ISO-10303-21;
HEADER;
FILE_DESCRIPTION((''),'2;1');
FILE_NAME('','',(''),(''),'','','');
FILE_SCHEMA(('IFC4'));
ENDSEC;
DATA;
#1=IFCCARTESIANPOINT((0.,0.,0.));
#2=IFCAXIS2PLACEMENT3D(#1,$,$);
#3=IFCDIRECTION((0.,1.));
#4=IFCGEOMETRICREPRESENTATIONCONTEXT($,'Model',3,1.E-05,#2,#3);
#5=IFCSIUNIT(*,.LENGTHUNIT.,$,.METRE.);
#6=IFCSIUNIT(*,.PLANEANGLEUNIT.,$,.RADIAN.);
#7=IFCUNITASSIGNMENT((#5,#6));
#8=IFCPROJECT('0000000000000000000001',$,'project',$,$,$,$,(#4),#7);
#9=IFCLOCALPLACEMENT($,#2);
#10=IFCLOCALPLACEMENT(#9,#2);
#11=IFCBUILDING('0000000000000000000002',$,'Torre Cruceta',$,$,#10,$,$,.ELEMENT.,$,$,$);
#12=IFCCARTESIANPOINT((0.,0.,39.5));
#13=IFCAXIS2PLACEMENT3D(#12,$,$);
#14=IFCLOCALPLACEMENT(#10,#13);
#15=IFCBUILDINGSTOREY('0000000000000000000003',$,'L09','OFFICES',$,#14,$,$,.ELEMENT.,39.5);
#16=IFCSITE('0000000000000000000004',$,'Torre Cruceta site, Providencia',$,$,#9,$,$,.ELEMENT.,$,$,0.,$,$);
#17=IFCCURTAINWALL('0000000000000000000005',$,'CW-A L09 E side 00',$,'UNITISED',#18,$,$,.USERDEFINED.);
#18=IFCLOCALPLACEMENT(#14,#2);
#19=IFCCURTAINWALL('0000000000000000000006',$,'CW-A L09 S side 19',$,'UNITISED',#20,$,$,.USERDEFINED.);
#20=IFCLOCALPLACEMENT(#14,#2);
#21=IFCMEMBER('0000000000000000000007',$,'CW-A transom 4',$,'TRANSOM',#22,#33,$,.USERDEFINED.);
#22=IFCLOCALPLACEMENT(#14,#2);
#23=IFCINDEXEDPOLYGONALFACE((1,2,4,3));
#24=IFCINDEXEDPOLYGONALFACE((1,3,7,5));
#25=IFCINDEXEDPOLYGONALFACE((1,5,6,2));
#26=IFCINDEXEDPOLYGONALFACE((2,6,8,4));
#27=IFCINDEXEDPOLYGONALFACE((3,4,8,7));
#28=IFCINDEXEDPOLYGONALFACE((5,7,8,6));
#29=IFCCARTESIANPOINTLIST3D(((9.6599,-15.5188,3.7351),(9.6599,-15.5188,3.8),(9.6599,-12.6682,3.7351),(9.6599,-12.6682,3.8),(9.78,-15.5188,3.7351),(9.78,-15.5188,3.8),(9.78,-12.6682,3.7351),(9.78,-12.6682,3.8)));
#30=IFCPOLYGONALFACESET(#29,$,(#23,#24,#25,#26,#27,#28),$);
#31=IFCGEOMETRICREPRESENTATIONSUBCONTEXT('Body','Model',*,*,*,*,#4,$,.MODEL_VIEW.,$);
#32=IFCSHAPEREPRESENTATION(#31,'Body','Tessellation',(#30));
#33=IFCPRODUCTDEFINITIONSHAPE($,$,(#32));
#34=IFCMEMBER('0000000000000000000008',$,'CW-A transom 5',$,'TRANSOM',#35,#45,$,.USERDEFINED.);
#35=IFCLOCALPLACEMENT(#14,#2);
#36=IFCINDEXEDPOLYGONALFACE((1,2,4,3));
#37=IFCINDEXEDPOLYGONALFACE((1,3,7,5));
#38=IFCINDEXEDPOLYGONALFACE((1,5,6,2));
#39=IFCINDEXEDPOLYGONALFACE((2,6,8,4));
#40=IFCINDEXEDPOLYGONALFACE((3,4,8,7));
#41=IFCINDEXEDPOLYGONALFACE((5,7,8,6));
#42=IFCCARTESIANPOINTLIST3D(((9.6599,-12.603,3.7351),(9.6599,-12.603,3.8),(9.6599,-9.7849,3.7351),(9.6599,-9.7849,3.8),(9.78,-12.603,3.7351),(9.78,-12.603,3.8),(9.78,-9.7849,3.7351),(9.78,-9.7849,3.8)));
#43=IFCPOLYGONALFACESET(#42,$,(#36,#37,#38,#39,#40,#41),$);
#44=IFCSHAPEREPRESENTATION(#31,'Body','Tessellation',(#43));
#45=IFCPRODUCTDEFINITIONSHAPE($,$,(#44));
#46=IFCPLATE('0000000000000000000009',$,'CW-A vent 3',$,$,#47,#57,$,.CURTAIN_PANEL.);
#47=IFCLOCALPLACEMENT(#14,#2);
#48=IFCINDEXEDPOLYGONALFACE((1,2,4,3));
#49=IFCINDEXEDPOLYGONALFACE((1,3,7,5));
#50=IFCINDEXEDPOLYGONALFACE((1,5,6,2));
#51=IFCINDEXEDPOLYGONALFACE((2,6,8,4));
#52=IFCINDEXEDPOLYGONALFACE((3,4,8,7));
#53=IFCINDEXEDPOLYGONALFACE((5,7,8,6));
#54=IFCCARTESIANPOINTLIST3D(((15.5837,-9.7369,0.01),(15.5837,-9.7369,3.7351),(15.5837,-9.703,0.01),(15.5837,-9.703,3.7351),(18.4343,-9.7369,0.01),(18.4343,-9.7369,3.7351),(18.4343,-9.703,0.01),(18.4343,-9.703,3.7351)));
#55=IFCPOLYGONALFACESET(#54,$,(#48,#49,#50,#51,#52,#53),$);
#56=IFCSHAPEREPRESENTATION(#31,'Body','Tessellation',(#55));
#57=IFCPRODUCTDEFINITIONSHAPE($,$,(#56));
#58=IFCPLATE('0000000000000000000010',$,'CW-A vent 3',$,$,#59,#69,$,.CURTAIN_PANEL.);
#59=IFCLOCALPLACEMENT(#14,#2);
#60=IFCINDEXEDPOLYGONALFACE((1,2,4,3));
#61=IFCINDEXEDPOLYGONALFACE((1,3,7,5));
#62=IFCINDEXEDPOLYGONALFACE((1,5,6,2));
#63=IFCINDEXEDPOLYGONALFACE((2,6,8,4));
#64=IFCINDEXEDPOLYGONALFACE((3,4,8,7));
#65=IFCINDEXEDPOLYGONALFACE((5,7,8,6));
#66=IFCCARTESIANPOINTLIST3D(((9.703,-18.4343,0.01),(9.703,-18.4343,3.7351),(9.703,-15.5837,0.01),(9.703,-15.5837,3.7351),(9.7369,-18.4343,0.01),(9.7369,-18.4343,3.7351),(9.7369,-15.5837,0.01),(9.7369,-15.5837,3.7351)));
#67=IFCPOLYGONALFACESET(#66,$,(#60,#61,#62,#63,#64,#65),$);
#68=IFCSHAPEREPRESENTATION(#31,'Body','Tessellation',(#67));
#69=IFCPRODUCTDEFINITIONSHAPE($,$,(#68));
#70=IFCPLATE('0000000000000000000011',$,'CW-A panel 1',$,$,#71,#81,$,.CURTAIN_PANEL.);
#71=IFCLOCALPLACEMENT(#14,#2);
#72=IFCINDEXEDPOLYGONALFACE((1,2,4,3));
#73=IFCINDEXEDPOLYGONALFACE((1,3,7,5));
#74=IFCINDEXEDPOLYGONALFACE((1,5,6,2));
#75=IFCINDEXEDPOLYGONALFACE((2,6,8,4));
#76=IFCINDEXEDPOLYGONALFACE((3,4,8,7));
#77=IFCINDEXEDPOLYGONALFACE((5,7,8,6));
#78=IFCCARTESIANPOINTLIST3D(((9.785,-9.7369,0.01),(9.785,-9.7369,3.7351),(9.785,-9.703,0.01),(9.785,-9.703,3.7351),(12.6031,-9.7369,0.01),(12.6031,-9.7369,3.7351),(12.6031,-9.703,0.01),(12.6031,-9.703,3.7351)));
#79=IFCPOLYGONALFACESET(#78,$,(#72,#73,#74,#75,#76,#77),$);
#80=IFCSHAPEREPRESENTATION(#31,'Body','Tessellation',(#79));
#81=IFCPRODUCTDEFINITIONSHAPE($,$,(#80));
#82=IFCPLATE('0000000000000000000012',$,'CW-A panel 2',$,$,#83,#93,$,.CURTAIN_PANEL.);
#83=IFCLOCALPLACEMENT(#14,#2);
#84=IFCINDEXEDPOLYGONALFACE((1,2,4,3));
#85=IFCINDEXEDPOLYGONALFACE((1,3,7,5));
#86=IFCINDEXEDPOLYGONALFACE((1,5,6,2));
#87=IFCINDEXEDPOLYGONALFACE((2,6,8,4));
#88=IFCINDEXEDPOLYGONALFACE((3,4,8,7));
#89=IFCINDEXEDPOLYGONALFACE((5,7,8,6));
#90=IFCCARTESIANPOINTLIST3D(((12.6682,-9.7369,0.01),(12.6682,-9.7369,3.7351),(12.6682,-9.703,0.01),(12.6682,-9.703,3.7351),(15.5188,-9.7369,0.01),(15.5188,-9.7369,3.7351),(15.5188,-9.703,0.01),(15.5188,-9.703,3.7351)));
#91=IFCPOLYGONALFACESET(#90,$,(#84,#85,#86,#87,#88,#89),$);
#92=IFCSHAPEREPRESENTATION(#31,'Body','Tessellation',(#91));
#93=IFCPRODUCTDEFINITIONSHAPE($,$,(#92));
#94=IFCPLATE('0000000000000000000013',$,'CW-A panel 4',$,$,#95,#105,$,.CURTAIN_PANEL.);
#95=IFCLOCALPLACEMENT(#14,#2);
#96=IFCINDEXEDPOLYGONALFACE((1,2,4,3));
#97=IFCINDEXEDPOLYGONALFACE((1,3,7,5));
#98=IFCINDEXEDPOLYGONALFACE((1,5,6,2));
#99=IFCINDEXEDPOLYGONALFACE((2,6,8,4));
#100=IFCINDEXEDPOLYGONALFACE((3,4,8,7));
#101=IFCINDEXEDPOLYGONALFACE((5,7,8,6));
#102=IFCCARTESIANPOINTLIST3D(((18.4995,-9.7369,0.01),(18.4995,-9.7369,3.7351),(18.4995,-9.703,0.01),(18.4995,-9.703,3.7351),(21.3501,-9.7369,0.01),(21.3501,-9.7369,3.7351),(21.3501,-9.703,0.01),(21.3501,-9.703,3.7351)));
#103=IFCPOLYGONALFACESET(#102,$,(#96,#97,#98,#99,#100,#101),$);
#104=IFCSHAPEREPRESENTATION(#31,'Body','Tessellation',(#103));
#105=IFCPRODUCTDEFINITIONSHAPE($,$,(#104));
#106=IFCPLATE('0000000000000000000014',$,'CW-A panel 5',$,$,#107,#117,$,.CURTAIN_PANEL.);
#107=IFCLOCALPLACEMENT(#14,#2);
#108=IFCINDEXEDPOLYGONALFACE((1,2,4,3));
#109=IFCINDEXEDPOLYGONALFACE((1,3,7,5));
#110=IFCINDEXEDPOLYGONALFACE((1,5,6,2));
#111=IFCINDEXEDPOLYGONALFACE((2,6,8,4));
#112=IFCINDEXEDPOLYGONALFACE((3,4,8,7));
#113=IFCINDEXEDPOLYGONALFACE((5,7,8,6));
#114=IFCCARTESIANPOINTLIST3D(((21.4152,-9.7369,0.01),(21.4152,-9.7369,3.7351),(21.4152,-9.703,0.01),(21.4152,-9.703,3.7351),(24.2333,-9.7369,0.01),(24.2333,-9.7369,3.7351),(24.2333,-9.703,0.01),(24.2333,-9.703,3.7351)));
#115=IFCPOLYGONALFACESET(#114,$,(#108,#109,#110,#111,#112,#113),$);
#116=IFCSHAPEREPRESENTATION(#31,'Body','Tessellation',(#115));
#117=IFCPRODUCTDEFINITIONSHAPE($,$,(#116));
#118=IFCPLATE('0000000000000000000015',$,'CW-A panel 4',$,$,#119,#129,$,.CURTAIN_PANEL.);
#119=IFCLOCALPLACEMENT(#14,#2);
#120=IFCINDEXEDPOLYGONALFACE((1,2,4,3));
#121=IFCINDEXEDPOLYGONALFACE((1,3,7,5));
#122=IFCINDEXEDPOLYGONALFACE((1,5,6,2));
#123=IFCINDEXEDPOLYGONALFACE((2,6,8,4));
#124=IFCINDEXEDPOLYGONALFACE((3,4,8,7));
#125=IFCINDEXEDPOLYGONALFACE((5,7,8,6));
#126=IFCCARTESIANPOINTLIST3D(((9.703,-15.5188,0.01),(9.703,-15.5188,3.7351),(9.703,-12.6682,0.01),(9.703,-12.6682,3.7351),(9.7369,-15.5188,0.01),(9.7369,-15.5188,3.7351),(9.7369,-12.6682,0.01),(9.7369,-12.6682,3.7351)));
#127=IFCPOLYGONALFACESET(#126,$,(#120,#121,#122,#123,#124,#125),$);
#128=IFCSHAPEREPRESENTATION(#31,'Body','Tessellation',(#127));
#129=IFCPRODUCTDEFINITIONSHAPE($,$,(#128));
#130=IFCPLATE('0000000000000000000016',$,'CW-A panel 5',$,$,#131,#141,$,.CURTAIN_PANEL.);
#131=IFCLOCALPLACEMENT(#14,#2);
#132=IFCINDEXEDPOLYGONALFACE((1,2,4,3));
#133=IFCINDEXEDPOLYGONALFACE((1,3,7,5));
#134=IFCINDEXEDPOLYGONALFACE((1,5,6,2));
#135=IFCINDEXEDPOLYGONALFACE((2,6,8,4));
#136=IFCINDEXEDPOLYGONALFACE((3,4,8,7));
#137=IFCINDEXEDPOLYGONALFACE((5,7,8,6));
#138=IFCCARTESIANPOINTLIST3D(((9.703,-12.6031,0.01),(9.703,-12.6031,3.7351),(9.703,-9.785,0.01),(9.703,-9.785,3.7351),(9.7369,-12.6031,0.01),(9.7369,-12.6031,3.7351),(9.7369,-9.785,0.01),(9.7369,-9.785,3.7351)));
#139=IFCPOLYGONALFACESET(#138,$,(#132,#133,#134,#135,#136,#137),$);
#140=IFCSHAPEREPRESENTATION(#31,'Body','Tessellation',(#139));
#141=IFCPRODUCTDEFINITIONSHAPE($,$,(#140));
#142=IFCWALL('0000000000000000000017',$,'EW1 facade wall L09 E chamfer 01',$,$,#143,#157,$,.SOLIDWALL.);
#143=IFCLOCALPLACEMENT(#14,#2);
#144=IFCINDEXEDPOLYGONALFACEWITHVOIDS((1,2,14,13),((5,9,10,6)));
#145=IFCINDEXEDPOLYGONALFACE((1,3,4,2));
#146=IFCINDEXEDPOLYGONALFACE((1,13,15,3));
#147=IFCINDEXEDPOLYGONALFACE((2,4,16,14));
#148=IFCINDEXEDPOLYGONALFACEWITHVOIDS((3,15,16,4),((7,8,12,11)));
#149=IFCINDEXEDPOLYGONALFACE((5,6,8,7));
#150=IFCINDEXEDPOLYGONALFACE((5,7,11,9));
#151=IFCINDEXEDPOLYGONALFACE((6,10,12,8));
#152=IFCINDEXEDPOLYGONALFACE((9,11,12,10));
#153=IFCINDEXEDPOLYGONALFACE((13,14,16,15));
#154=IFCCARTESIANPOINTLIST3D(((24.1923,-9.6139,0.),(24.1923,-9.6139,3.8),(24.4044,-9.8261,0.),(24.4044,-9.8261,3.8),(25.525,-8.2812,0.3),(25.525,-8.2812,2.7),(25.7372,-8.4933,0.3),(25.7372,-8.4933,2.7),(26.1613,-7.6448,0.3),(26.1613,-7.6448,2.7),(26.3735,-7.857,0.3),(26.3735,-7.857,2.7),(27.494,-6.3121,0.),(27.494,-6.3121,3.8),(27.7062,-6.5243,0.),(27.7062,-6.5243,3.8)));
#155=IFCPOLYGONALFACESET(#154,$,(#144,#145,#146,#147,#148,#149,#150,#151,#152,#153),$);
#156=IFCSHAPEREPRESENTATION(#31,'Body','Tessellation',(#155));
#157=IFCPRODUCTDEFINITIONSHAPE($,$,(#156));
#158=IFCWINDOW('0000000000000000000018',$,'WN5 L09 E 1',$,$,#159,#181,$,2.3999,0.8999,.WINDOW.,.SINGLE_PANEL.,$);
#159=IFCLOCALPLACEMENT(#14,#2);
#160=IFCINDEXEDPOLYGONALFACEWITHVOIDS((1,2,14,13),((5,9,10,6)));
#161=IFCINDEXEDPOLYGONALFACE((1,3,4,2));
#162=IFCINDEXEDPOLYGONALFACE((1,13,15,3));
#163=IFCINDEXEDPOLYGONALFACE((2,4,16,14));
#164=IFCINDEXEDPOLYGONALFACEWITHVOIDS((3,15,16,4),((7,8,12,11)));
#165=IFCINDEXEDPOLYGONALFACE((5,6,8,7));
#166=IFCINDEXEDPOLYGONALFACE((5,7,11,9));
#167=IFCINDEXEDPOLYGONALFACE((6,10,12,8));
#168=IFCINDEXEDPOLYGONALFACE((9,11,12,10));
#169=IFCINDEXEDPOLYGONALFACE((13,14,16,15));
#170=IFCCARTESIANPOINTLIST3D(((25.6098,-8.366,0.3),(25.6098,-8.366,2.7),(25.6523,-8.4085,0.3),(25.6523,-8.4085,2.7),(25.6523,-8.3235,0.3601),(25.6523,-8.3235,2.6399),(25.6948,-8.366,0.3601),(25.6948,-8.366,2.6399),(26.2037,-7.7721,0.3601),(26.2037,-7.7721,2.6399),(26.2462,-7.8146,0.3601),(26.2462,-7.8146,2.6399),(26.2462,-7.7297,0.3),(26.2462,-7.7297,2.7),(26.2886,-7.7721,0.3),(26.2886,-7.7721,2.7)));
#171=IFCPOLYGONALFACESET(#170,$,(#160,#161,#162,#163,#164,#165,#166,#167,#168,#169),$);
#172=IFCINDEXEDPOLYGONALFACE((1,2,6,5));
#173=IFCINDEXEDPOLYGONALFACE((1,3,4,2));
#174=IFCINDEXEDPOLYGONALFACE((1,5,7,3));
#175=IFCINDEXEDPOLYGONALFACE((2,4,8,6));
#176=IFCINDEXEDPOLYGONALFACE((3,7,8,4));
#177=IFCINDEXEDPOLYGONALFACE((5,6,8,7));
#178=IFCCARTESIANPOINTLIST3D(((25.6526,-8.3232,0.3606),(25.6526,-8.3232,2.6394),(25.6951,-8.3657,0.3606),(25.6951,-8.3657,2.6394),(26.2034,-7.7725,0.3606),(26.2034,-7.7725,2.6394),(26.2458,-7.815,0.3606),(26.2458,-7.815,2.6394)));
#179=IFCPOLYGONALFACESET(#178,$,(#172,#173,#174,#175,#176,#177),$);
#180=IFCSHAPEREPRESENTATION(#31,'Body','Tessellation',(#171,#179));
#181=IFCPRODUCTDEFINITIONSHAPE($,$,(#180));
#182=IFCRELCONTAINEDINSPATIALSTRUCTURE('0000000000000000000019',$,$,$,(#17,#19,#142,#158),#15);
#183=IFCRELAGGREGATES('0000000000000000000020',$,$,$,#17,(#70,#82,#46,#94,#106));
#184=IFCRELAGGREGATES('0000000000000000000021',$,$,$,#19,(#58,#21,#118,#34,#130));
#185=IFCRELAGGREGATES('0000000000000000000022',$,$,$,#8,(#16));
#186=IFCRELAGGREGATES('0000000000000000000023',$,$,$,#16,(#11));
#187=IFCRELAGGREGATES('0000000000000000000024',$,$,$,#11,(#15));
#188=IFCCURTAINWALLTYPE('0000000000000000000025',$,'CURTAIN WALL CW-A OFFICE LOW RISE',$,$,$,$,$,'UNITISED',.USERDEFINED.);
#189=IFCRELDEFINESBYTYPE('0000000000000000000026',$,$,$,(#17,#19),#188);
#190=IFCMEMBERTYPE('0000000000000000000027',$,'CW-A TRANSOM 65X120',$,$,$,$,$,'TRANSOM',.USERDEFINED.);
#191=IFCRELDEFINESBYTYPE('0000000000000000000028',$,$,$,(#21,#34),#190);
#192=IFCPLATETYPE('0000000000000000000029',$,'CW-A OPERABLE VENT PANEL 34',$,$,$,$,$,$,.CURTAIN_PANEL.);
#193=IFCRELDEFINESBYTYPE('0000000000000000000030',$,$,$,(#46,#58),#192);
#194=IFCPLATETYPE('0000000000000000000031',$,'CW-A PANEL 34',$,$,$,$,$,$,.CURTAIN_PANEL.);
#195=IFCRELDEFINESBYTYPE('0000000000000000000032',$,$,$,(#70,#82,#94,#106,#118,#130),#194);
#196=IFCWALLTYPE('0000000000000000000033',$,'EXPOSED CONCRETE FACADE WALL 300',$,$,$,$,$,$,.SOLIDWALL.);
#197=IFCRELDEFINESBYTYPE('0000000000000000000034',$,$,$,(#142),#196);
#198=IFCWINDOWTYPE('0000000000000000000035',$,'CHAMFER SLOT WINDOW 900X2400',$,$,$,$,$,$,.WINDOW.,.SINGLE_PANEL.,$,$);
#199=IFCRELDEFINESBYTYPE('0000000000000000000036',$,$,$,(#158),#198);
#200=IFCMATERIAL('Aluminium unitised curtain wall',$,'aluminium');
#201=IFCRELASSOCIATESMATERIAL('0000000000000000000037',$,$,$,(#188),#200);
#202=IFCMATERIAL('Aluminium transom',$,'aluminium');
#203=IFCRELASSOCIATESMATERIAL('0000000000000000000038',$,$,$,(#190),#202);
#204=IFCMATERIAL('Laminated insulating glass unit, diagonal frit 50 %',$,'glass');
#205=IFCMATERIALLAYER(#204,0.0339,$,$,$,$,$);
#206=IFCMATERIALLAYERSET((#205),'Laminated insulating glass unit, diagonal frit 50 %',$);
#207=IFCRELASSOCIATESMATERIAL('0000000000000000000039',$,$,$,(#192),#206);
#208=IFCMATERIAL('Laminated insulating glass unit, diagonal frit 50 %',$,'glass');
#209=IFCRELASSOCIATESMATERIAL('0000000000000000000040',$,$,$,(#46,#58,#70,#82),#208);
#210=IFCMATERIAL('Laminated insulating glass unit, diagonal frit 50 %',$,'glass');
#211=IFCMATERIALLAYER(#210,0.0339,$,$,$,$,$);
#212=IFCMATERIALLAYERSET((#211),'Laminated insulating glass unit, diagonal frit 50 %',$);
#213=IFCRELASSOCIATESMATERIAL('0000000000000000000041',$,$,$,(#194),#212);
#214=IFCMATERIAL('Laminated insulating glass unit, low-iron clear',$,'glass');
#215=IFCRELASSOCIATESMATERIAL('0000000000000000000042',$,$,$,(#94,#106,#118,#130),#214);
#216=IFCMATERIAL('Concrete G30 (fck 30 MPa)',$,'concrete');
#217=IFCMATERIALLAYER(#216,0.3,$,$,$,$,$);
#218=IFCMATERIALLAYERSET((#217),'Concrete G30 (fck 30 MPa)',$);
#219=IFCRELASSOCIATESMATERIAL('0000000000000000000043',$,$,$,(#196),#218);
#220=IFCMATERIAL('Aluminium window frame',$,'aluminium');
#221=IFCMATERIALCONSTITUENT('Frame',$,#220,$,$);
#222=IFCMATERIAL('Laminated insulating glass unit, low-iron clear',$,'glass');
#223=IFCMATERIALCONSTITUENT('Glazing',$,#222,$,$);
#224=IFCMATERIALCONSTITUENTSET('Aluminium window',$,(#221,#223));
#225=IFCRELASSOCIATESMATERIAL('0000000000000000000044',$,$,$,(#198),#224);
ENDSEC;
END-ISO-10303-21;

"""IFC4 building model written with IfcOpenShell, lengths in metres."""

from ifc_helpers import new_model, si_unit, direction, frame, frame_2d, origin, origin_2d, place, context, subcontext, project, spatial, rectangle, hollow_rectangle, extrude, material, layer, layer_set, constituent, constituent_set, material_profile, profile_set, type_object, element, fill, aggregate, save


model = new_model("IFC4")

# Units and contexts
model_context = context("Model", 3, precision=1e-05, world=origin(), true_north=direction((0.0, 1.0)))
body_context = subcontext(model_context, "Body", "Model", "MODEL_VIEW")
ifc_project = project(units=[si_unit("LENGTHUNIT", "METRE"), si_unit("PLANEANGLEUNIT", "RADIAN")], contexts=[model_context])

# Site, building, storey
site_placement = place(None, origin())
site = spatial("IfcSite", under=ifc_project, at=site_placement, Name="Torre Cruceta site, Providencia", CompositionType="ELEMENT", RefElevation=0.0)
building_placement = place(site_placement, origin())
building = spatial("IfcBuilding", under=site, at=building_placement, Name="Torre Cruceta", CompositionType="ELEMENT")
storey_placement = place(building_placement, frame((0.0, 0.0, 39.5)))
storey = spatial("IfcBuildingStorey", under=building, at=storey_placement, Name="L09", Description="OFFICES", CompositionType="ELEMENT", Elevation=39.5)

# Curtain walls
ifc_material_1 = material(Name="Aluminium unitised curtain wall", Category="aluminium")
curtain_wall_type = type_object("IfcCurtainWallType", Name="CURTAIN WALL CW-A OFFICE LOW RISE", ElementType="UNITISED", PredefinedType="USERDEFINED", material=ifc_material_1)
curtain_wall_1_placement = place(storey_placement, origin())
curtain_wall_1 = element("IfcCurtainWall", 1, at=curtain_wall_1_placement, inside=storey, type_object=curtain_wall_type, Name="CW-A L09 E side 00", ObjectType="UNITISED", PredefinedType="USERDEFINED")
curtain_wall_2_placement = place(storey_placement, origin())
curtain_wall_2 = element("IfcCurtainWall", 2, at=curtain_wall_2_placement, inside=storey, type_object=curtain_wall_type, Name="CW-A L09 S side 19", ObjectType="UNITISED", PredefinedType="USERDEFINED")

# Members
ifc_material_2 = material(Name="Aluminium transom", Category="aluminium")
ifc_material_profile_1 = material_profile(ifc_material_2, rectangle(XDim=0.1201, YDim=0.0649, at=origin_2d()), Name="AL 120X65")
ifc_profile_set_1 = profile_set([ifc_material_profile_1], Name="Aluminium transom")
member_type_1 = type_object("IfcMemberType", Name="CW-A TRANSOM 65X120", ElementType="TRANSOM", PredefinedType="USERDEFINED", material=ifc_profile_set_1)
member_1_placement = place(storey_placement, frame((9.72, -15.5188, 3.7676), z_axis=(0.0, 1.0, 0.0), x_axis=(-1.0, 0.0, 0.0)))
member_1 = element("IfcMember", 3, at=member_1_placement, type_object=member_type_1, Name="CW-A transom 4", ObjectType="TRANSOM", PredefinedType="USERDEFINED", context=body_context, shape_type="SweptSolid", body=[
    extrude(rectangle(XDim=0.1201, YDim=0.0649, at=origin_2d()), origin(), (0.0, 0.0, 1.0), 2.8506),
])
member_2_placement = place(storey_placement, frame((9.72, -12.603, 3.7676), z_axis=(0.0, 1.0, 0.0), x_axis=(-1.0, 0.0, 0.0)))
member_2 = element("IfcMember", 4, at=member_2_placement, type_object=member_type_1, Name="CW-A transom 5", ObjectType="TRANSOM", PredefinedType="USERDEFINED", context=body_context, shape_type="SweptSolid", body=[
    extrude(rectangle(XDim=0.1201, YDim=0.0649, at=origin_2d()), origin(), (0.0, 0.0, 1.0), 2.8181),
])

# Plates
ifc_material_3 = material(Name="Laminated insulating glass unit, diagonal frit 50 %", Category="glass")
ifc_material_4 = material(Name="Laminated insulating glass unit, diagonal frit 50 %", Category="glass")
ifc_layer_1 = layer(ifc_material_4, 0.0339)
ifc_layer_set_1 = layer_set([ifc_layer_1], Name="Laminated insulating glass unit, diagonal frit 50 %")
plate_type_1 = type_object("IfcPlateType", Name="CW-A OPERABLE VENT PANEL 34", PredefinedType="CURTAIN_PANEL", material=ifc_layer_set_1)
plate_1_placement = place(storey_placement, frame((17.009, -9.72, 0.01), z_axis=(0.0, 0.0, 1.0), x_axis=(1.0, 0.0, 0.0)))
plate_1 = element("IfcPlate", 5, at=plate_1_placement, type_object=plate_type_1, material=ifc_material_3, Name="CW-A vent 3", PredefinedType="CURTAIN_PANEL", context=body_context, shape_type="SweptSolid", body=[
    extrude(rectangle(XDim=2.8506, YDim=0.0339, at=origin_2d()), origin(), (0.0, 0.0, 1.0), 3.7251),
])
plate_2_placement = place(storey_placement, frame((9.72, -17.009, 0.01), z_axis=(0.0, 0.0, 1.0), x_axis=(0.0, 1.0, 0.0)))
plate_2 = element("IfcPlate", 6, at=plate_2_placement, type_object=plate_type_1, material=ifc_material_3, Name="CW-A vent 3", PredefinedType="CURTAIN_PANEL", context=body_context, shape_type="SweptSolid", body=[
    extrude(rectangle(XDim=2.8506, YDim=0.0339, at=origin_2d()), origin(), (0.0, 0.0, 1.0), 3.7251),
])
ifc_material_5 = material(Name="Laminated insulating glass unit, diagonal frit 50 %", Category="glass")
ifc_layer_2 = layer(ifc_material_5, 0.0339)
ifc_layer_set_2 = layer_set([ifc_layer_2], Name="Laminated insulating glass unit, diagonal frit 50 %")
plate_type_2 = type_object("IfcPlateType", Name="CW-A PANEL 34", PredefinedType="CURTAIN_PANEL", material=ifc_layer_set_2)
plate_3_placement = place(storey_placement, frame((11.1941, -9.72, 0.01), z_axis=(0.0, 0.0, 1.0), x_axis=(1.0, 0.0, 0.0)))
plate_3 = element("IfcPlate", 7, at=plate_3_placement, type_object=plate_type_2, material=ifc_material_3, Name="CW-A panel 1", PredefinedType="CURTAIN_PANEL", context=body_context, shape_type="SweptSolid", body=[
    extrude(rectangle(XDim=2.8181, YDim=0.0339, at=origin_2d()), origin(), (0.0, 0.0, 1.0), 3.7251),
])
plate_4_placement = place(storey_placement, frame((14.0935, -9.72, 0.01), z_axis=(0.0, 0.0, 1.0), x_axis=(1.0, 0.0, 0.0)))
plate_4 = element("IfcPlate", 8, at=plate_4_placement, type_object=plate_type_2, material=ifc_material_3, Name="CW-A panel 2", PredefinedType="CURTAIN_PANEL", context=body_context, shape_type="SweptSolid", body=[
    extrude(rectangle(XDim=2.8506, YDim=0.0339, at=origin_2d()), origin(), (0.0, 0.0, 1.0), 3.7251),
])
ifc_material_6 = material(Name="Laminated insulating glass unit, low-iron clear", Category="glass")
plate_5_placement = place(storey_placement, frame((19.9248, -9.72, 0.01), z_axis=(0.0, 0.0, 1.0), x_axis=(1.0, 0.0, 0.0)))
plate_5 = element("IfcPlate", 9, at=plate_5_placement, type_object=plate_type_2, material=ifc_material_6, Name="CW-A panel 4", PredefinedType="CURTAIN_PANEL", context=body_context, shape_type="SweptSolid", body=[
    extrude(rectangle(XDim=2.8506, YDim=0.0339, at=origin_2d()), origin(), (0.0, 0.0, 1.0), 3.7251),
])
plate_6_placement = place(storey_placement, frame((22.8242, -9.72, 0.01), z_axis=(0.0, 0.0, 1.0), x_axis=(1.0, 0.0, 0.0)))
plate_6 = element("IfcPlate", 10, at=plate_6_placement, type_object=plate_type_2, material=ifc_material_6, Name="CW-A panel 5", PredefinedType="CURTAIN_PANEL", context=body_context, shape_type="SweptSolid", body=[
    extrude(rectangle(XDim=2.8181, YDim=0.0339, at=origin_2d()), origin(), (0.0, 0.0, 1.0), 3.7251),
])
aggregate(curtain_wall_1, [plate_3, plate_4, plate_1, plate_5, plate_6])
plate_7_placement = place(storey_placement, frame((9.72, -14.0935, 0.01), z_axis=(0.0, 0.0, 1.0), x_axis=(0.0, 1.0, 0.0)))
plate_7 = element("IfcPlate", 11, at=plate_7_placement, type_object=plate_type_2, material=ifc_material_6, Name="CW-A panel 4", PredefinedType="CURTAIN_PANEL", context=body_context, shape_type="SweptSolid", body=[
    extrude(rectangle(XDim=2.8506, YDim=0.0339, at=origin_2d()), origin(), (0.0, 0.0, 1.0), 3.7251),
])
plate_8_placement = place(storey_placement, frame((9.72, -11.1941, 0.01), z_axis=(0.0, 0.0, 1.0), x_axis=(0.0, 1.0, 0.0)))
plate_8 = element("IfcPlate", 12, at=plate_8_placement, type_object=plate_type_2, material=ifc_material_6, Name="CW-A panel 5", PredefinedType="CURTAIN_PANEL", context=body_context, shape_type="SweptSolid", body=[
    extrude(rectangle(XDim=2.8181, YDim=0.0339, at=origin_2d()), origin(), (0.0, 0.0, 1.0), 3.7251),
])
aggregate(curtain_wall_2, [plate_2, member_1, plate_7, member_2, plate_8])

# Wall, opening, window
ifc_material_7 = material(Name="Concrete G30 (fck 30 MPa)", Category="concrete")
ifc_layer_3 = layer(ifc_material_7, 0.3)
ifc_layer_set_3 = layer_set([ifc_layer_3], Name="Concrete G30 (fck 30 MPa)")
wall_type_1 = type_object("IfcWallType", Name="EXPOSED CONCRETE FACADE WALL 300", PredefinedType="SOLIDWALL", material=ifc_layer_set_3)
wall_1_placement = place(storey_placement, frame((24.2983, -9.72, 0.0), z_axis=(0.0, 0.0, 1.0), x_axis=(0.707107, 0.707107, 0.0)))
wall_1 = element("IfcWall", 13, at=wall_1_placement, inside=storey, type_object=wall_type_1, Name="EW1 facade wall L09 E chamfer 01", PredefinedType="SOLIDWALL", context=body_context, shape_type="SweptSolid", body=[
    extrude(rectangle(XDim=4.6694, YDim=0.3, at=frame_2d((2.3347, 0.0))), origin(), (0.0, 0.0, 1.0), 3.8),
])
opening_1_placement = place(wall_1_placement, frame((1.8848, 0.0, 0.3)))
opening_1 = element("IfcOpeningElement", 14, at=opening_1_placement, cuts=wall_1, PredefinedType="OPENING", context=body_context, shape_type="SweptSolid", body=[
    extrude(rectangle(XDim=0.8999, YDim=2.3999, at=frame_2d((0.45, 1.2))), frame((0.0, 0.1599, 0.0), z_axis=(0.0, -1.0, 0.0), x_axis=(1.0, 0.0, 0.0)), (0.0, 0.0, 1.0), 0.3201),
])
ifc_material_8 = material(Name="Aluminium window frame", Category="aluminium")
ifc_constituent_1 = constituent(ifc_material_8, Name="Frame")
ifc_material_9 = material(Name="Laminated insulating glass unit, low-iron clear", Category="glass")
ifc_constituent_2 = constituent(ifc_material_9, Name="Glazing")
ifc_constituent_set_1 = constituent_set(constituents=[ifc_constituent_1, ifc_constituent_2], Name="Aluminium window")
window_type = type_object("IfcWindowType", Name="CHAMFER SLOT WINDOW 900X2400", PartitioningType="SINGLE_PANEL", PredefinedType="WINDOW", material=ifc_constituent_set_1)
window_placement = place(opening_1_placement, origin())
window = element("IfcWindow", 15, at=window_placement, inside=storey, type_object=window_type, Name="WN5 L09 E 1", OverallHeight=2.3999, OverallWidth=0.8999, PartitioningType="SINGLE_PANEL", PredefinedType="WINDOW", context=body_context, shape_type="SweptSolid", body=[
    extrude(hollow_rectangle(XDim=0.8999, YDim=2.3999, WallThickness=0.0601, at=frame_2d((0.45, 1.2))), frame((0.0, 0.03, 0.0), z_axis=(0.0, -1.0, 0.0), x_axis=(1.0, 0.0, 0.0)), (0.0, 0.0, 1.0), 0.0601),
    extrude(rectangle(XDim=0.7788, YDim=2.2788, at=frame_2d((0.45, 1.2))), frame((0.0, 0.03, 0.0), z_axis=(0.0, -1.0, 0.0), x_axis=(1.0, 0.0, 0.0)), (0.0, 0.0, 1.0), 0.0601),
])
fill(opening_1, window)

save(model, "model.ifc")
